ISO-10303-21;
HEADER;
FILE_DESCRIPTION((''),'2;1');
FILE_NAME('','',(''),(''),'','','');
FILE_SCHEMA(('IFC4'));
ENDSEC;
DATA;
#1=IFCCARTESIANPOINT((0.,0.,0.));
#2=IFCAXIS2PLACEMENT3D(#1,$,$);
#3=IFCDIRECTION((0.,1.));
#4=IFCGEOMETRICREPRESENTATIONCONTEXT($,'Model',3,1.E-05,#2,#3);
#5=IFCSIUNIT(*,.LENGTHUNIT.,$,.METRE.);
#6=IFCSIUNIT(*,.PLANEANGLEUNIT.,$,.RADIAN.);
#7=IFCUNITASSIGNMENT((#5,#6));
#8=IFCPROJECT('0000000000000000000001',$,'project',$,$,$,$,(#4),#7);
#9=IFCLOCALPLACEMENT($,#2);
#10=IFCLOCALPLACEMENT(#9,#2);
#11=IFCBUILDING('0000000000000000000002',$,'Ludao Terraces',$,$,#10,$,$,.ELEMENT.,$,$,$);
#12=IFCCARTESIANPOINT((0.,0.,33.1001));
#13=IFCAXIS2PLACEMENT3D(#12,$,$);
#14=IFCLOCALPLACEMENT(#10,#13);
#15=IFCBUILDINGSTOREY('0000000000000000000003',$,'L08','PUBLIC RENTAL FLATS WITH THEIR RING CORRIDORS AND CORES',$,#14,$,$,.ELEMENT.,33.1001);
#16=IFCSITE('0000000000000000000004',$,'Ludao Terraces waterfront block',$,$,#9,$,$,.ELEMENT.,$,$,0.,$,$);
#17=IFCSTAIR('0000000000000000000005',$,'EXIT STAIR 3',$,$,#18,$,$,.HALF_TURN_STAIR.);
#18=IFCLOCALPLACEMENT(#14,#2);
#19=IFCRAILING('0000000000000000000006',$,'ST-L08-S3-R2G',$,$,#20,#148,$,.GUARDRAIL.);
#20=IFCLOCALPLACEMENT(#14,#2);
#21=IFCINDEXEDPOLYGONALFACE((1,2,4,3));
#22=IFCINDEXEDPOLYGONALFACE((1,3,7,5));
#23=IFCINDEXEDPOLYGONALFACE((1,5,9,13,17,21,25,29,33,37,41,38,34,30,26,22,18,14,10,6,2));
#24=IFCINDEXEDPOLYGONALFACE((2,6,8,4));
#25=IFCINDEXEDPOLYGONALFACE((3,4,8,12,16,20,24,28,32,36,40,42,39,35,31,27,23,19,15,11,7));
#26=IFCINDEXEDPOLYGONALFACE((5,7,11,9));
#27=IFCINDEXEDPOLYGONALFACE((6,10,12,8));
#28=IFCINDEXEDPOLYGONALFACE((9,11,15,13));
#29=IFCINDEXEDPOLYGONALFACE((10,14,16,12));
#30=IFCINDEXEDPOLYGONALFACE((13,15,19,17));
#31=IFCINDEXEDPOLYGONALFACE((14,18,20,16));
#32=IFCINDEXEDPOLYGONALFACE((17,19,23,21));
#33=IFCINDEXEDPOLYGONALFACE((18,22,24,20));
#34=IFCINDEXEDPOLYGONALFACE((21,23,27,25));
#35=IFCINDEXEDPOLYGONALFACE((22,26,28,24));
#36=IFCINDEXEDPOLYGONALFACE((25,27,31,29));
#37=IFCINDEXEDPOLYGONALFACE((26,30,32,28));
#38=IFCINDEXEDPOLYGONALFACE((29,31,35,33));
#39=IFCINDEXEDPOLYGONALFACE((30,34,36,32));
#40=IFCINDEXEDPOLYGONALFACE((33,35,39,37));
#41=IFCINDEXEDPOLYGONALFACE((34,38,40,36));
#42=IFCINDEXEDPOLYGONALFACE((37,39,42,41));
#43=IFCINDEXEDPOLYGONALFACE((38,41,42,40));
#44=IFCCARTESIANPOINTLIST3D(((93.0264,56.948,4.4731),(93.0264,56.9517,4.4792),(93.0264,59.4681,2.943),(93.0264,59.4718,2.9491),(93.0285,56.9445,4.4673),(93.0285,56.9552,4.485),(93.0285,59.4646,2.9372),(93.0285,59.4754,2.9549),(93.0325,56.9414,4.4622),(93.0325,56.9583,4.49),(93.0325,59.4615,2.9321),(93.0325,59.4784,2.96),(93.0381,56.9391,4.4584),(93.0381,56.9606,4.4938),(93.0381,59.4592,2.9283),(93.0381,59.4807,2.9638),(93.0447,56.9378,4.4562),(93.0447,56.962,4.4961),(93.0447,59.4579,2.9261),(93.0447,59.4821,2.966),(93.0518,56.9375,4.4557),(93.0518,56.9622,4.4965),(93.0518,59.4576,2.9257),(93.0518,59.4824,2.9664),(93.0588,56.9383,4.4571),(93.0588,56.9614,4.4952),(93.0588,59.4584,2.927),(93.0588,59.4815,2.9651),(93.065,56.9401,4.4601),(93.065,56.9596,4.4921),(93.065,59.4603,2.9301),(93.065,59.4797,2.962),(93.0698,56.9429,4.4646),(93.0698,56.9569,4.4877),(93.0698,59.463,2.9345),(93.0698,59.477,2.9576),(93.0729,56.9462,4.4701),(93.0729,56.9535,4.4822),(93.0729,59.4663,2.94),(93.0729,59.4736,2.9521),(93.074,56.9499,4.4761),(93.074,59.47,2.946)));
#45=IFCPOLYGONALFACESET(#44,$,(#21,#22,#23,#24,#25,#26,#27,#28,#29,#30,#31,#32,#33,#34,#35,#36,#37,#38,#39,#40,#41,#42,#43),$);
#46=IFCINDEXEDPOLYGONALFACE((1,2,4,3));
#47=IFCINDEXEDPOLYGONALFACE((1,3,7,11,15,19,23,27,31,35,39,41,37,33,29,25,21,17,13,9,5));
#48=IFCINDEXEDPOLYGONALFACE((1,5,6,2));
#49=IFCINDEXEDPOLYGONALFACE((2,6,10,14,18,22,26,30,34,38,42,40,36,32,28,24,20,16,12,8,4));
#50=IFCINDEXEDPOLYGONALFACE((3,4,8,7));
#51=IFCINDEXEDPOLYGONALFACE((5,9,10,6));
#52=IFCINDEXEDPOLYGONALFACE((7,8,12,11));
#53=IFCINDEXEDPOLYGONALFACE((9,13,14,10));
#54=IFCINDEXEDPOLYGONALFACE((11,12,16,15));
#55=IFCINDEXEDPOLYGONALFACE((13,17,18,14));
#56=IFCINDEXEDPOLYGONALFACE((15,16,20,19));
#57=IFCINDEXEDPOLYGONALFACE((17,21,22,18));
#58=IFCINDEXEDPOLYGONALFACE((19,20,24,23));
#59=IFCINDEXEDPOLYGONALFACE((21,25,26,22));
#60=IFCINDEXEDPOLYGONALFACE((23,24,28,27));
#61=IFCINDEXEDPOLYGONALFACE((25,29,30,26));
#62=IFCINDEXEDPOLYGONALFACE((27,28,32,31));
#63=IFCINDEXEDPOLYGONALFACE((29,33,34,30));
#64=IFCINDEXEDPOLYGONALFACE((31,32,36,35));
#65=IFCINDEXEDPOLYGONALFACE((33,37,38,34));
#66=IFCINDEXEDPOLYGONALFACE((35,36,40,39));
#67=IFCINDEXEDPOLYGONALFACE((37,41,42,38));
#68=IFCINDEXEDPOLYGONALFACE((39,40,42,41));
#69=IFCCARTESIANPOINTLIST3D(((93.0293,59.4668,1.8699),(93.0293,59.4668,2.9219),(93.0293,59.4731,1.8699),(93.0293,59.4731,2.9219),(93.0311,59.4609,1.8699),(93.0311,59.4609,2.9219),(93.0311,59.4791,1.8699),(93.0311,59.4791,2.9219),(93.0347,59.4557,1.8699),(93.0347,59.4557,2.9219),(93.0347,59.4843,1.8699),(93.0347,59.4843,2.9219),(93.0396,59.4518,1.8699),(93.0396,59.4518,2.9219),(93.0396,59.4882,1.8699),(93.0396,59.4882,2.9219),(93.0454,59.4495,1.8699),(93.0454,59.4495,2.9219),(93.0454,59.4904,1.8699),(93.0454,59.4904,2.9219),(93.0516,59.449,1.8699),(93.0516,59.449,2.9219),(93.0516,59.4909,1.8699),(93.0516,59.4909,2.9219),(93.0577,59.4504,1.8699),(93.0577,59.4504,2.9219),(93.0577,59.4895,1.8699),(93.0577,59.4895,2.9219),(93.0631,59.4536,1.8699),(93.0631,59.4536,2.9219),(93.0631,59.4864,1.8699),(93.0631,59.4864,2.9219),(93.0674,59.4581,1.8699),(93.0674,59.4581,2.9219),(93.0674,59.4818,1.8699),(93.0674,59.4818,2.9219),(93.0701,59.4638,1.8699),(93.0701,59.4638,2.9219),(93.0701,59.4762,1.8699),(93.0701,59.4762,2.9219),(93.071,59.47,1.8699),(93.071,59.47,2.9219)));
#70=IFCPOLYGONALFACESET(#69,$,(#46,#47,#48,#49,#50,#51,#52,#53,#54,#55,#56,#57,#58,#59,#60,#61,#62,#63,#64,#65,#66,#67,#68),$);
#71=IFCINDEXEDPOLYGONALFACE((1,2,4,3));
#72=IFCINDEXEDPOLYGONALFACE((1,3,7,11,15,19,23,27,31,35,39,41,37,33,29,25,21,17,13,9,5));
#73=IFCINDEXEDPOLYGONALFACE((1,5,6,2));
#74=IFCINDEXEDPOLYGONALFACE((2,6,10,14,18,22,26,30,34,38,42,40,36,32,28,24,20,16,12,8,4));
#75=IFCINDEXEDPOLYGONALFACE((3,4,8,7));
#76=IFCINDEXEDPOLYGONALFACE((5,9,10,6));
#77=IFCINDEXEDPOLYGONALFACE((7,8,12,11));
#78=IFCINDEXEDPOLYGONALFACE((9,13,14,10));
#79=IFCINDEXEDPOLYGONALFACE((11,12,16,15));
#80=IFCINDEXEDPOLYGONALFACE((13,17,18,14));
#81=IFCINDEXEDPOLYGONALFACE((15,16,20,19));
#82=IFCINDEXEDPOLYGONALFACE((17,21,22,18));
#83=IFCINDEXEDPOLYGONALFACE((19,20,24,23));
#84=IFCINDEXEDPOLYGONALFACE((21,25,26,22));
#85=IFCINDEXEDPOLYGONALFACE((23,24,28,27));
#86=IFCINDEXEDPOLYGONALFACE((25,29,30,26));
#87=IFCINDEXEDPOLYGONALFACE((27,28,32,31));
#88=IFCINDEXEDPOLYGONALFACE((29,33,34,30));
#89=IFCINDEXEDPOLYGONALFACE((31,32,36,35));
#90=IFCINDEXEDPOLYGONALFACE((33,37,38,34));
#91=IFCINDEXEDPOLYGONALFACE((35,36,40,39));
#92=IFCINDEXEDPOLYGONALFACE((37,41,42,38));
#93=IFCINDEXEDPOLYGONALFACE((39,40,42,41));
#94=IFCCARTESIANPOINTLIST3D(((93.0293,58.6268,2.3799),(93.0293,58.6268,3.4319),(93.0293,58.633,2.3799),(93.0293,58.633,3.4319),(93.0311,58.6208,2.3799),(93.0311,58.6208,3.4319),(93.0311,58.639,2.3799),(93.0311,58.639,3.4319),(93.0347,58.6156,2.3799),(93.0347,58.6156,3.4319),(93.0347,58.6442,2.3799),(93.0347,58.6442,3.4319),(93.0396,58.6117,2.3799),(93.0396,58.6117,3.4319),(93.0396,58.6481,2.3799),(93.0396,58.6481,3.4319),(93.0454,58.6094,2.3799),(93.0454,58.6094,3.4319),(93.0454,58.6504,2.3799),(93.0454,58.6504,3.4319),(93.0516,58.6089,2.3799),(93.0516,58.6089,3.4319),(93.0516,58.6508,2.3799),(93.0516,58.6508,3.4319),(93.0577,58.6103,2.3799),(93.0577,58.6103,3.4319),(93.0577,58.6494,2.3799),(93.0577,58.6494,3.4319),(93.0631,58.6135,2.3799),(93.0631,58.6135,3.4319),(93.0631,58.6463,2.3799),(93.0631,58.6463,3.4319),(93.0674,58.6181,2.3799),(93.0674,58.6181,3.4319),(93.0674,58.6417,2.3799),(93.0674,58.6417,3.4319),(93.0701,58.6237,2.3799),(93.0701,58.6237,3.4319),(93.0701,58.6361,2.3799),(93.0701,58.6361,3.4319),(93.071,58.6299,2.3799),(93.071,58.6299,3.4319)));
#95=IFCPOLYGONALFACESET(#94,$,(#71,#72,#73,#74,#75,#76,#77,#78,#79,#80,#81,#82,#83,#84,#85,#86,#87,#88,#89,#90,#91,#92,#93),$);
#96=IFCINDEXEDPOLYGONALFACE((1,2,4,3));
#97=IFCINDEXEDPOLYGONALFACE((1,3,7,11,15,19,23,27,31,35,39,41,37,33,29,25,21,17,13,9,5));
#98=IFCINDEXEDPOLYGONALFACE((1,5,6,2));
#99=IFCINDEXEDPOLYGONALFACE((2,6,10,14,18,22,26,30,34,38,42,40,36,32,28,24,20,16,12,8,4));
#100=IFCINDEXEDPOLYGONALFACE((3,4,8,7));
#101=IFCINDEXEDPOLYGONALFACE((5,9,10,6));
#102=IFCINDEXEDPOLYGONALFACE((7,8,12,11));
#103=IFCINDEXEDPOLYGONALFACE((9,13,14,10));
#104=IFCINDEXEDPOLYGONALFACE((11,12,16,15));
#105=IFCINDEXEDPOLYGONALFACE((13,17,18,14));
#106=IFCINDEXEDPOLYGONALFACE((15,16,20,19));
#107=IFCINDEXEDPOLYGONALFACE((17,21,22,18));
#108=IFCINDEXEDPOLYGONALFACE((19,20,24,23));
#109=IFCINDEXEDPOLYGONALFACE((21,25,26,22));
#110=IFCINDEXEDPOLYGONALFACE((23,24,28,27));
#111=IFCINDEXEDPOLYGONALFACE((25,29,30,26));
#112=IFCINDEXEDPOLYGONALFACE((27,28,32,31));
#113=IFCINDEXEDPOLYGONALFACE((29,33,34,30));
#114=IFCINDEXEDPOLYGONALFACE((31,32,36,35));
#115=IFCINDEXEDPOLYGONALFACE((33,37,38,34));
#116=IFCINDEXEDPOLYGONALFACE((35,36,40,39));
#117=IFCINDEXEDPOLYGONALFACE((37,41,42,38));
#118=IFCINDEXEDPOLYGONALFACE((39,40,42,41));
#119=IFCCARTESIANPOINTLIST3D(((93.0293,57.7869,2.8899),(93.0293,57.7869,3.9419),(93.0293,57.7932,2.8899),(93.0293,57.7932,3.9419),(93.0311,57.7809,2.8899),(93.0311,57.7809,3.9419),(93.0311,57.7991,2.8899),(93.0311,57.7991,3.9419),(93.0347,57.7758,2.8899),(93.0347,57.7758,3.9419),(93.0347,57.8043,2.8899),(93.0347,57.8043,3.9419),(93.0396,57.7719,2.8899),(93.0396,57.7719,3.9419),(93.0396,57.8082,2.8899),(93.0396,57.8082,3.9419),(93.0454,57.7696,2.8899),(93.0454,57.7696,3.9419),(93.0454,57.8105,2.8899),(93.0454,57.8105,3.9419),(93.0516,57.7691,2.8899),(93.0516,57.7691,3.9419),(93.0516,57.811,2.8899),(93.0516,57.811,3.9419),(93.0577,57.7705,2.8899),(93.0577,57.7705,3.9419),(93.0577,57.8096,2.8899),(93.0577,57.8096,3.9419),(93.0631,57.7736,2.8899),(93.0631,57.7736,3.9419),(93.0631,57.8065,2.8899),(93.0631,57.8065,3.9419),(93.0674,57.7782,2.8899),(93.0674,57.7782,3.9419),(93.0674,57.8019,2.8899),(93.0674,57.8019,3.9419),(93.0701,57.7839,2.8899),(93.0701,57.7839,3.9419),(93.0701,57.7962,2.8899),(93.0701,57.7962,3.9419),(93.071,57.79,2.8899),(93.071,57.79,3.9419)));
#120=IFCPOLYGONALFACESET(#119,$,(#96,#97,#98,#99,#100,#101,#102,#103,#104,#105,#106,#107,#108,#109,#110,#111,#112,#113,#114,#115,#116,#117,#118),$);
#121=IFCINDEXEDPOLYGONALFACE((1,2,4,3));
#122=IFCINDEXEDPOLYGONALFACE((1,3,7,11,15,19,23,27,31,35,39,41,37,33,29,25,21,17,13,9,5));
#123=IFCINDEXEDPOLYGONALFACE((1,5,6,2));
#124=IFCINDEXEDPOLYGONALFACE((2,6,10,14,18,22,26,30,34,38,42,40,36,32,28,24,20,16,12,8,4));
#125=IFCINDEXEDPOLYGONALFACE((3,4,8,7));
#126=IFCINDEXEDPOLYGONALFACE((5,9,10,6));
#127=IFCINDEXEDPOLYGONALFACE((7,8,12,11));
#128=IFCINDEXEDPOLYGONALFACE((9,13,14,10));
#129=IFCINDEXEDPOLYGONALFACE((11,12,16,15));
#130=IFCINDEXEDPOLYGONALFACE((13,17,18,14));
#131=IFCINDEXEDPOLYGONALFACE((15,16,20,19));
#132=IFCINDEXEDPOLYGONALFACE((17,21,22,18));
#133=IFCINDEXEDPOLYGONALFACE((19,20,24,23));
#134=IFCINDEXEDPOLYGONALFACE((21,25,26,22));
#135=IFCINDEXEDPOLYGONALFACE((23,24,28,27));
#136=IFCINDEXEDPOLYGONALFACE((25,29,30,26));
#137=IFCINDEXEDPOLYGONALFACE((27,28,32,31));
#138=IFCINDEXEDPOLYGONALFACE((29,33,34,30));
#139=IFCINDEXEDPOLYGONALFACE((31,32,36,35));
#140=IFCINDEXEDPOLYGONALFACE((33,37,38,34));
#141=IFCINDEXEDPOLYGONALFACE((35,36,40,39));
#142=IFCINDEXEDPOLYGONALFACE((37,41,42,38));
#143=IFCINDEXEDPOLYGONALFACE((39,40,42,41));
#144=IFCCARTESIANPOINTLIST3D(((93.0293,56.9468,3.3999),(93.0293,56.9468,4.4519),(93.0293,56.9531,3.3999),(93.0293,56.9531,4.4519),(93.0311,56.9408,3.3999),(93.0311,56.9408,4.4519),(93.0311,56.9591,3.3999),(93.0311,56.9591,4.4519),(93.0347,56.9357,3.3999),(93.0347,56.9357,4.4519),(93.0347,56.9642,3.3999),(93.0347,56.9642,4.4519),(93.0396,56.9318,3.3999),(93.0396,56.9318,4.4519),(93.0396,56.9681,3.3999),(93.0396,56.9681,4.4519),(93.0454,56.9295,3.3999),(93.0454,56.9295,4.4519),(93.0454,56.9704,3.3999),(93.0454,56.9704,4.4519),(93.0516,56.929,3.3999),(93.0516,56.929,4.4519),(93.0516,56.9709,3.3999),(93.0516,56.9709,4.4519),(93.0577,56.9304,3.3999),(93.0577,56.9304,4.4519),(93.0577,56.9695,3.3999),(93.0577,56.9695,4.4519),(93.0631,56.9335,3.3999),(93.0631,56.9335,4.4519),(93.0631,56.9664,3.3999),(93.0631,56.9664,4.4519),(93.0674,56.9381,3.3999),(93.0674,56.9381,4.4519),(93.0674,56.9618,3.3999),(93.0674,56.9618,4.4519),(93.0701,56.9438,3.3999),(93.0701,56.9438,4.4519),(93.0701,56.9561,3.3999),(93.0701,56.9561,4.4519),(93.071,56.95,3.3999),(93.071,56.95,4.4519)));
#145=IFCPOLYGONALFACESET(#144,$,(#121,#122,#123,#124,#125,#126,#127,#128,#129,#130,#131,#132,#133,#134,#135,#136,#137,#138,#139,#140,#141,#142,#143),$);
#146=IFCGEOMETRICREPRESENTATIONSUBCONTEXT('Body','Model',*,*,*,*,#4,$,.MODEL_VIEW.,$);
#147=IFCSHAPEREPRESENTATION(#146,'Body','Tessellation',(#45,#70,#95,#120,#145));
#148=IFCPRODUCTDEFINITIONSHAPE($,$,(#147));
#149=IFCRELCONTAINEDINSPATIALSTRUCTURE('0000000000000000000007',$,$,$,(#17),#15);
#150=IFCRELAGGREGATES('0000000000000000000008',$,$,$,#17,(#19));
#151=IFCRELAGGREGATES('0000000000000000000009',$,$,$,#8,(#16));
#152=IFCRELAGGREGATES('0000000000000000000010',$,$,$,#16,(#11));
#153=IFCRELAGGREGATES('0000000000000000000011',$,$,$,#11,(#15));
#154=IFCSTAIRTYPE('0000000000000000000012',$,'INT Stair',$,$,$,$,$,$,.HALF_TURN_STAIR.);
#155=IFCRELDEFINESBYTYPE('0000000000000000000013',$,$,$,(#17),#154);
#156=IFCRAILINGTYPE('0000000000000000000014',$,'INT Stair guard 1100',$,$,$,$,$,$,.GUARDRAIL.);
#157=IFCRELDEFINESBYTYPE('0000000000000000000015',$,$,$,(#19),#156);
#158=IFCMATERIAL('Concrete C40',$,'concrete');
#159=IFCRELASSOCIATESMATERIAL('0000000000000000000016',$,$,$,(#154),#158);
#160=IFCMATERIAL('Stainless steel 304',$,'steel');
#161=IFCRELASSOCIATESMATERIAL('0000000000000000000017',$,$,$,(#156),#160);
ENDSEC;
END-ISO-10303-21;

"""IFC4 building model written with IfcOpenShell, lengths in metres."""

from ifc_helpers import new_model, si_unit, direction, frame, origin, origin_2d, place, context, subcontext, project, spatial, circle, extrude, material, type_object, element, aggregate, save


model = new_model("IFC4")

# Units and contexts
model_context = context("Model", 3, precision=1e-05, world=origin(), true_north=direction((0.0, 1.0)))
body_context = subcontext(model_context, "Body", "Model", "MODEL_VIEW")
ifc_project = project(units=[si_unit("LENGTHUNIT", "METRE"), si_unit("PLANEANGLEUNIT", "RADIAN")], contexts=[model_context])

# Site, building, storey
site_placement = place(None, origin())
site = spatial("IfcSite", under=ifc_project, at=site_placement, Name="Ludao Terraces waterfront block", CompositionType="ELEMENT", RefElevation=0.0)
building_placement = place(site_placement, origin())
building = spatial("IfcBuilding", under=site, at=building_placement, Name="Ludao Terraces", CompositionType="ELEMENT")
storey_placement = place(building_placement, frame((0.0, 0.0, 33.1001)))
storey = spatial("IfcBuildingStorey", under=building, at=storey_placement, Name="L08", Description="PUBLIC RENTAL FLATS WITH THEIR RING CORRIDORS AND CORES", CompositionType="ELEMENT", Elevation=33.1001)

# Stair, railing
ifc_material_1 = material(Name="Concrete C40", Category="concrete")
stair_type = type_object("IfcStairType", Name="INT Stair", PredefinedType="HALF_TURN_STAIR", material=ifc_material_1)
stair_placement = place(storey_placement, origin())
stair = element("IfcStair", 1, at=stair_placement, inside=storey, type_object=stair_type, Name="EXIT STAIR 3", PredefinedType="HALF_TURN_STAIR")
ifc_material_2 = material(Name="Stainless steel 304", Category="steel")
railing_type_1 = type_object("IfcRailingType", Name="INT Stair guard 1100", PredefinedType="GUARDRAIL", material=ifc_material_2)
railing_1_placement = place(storey_placement, frame((93.05, 59.47, 1.8699)))
railing_1 = element("IfcRailing", 2, at=railing_1_placement, type_object=railing_type_1, Name="ST-L08-S3-R2G", PredefinedType="GUARDRAIL", context=body_context, shape_type="SweptSolid", body=[
    extrude(circle(Radius=0.0239, at=origin_2d()), frame((0.0, 0.0, 1.0762), z_axis=(0.0, -0.854785, 0.518982), x_axis=(1.0, 0.0, 0.0)), (0.0, 0.0, 1.0), 2.9482),
    extrude(circle(Radius=0.021, at=origin_2d()), origin(), (0.0, 0.0, 1.0), 1.052),
    extrude(circle(Radius=0.021, at=origin_2d()), frame((0.0, -0.8401, 0.51)), (0.0, 0.0, 1.0), 1.052),
    extrude(circle(Radius=0.021, at=origin_2d()), frame((0.0, -1.6799, 1.02)), (0.0, 0.0, 1.0), 1.052),
    extrude(circle(Radius=0.021, at=origin_2d()), frame((0.0, -2.52, 1.53)), (0.0, 0.0, 1.0), 1.052),
])
aggregate(stair, [railing_1])

save(model, "model.ifc")
